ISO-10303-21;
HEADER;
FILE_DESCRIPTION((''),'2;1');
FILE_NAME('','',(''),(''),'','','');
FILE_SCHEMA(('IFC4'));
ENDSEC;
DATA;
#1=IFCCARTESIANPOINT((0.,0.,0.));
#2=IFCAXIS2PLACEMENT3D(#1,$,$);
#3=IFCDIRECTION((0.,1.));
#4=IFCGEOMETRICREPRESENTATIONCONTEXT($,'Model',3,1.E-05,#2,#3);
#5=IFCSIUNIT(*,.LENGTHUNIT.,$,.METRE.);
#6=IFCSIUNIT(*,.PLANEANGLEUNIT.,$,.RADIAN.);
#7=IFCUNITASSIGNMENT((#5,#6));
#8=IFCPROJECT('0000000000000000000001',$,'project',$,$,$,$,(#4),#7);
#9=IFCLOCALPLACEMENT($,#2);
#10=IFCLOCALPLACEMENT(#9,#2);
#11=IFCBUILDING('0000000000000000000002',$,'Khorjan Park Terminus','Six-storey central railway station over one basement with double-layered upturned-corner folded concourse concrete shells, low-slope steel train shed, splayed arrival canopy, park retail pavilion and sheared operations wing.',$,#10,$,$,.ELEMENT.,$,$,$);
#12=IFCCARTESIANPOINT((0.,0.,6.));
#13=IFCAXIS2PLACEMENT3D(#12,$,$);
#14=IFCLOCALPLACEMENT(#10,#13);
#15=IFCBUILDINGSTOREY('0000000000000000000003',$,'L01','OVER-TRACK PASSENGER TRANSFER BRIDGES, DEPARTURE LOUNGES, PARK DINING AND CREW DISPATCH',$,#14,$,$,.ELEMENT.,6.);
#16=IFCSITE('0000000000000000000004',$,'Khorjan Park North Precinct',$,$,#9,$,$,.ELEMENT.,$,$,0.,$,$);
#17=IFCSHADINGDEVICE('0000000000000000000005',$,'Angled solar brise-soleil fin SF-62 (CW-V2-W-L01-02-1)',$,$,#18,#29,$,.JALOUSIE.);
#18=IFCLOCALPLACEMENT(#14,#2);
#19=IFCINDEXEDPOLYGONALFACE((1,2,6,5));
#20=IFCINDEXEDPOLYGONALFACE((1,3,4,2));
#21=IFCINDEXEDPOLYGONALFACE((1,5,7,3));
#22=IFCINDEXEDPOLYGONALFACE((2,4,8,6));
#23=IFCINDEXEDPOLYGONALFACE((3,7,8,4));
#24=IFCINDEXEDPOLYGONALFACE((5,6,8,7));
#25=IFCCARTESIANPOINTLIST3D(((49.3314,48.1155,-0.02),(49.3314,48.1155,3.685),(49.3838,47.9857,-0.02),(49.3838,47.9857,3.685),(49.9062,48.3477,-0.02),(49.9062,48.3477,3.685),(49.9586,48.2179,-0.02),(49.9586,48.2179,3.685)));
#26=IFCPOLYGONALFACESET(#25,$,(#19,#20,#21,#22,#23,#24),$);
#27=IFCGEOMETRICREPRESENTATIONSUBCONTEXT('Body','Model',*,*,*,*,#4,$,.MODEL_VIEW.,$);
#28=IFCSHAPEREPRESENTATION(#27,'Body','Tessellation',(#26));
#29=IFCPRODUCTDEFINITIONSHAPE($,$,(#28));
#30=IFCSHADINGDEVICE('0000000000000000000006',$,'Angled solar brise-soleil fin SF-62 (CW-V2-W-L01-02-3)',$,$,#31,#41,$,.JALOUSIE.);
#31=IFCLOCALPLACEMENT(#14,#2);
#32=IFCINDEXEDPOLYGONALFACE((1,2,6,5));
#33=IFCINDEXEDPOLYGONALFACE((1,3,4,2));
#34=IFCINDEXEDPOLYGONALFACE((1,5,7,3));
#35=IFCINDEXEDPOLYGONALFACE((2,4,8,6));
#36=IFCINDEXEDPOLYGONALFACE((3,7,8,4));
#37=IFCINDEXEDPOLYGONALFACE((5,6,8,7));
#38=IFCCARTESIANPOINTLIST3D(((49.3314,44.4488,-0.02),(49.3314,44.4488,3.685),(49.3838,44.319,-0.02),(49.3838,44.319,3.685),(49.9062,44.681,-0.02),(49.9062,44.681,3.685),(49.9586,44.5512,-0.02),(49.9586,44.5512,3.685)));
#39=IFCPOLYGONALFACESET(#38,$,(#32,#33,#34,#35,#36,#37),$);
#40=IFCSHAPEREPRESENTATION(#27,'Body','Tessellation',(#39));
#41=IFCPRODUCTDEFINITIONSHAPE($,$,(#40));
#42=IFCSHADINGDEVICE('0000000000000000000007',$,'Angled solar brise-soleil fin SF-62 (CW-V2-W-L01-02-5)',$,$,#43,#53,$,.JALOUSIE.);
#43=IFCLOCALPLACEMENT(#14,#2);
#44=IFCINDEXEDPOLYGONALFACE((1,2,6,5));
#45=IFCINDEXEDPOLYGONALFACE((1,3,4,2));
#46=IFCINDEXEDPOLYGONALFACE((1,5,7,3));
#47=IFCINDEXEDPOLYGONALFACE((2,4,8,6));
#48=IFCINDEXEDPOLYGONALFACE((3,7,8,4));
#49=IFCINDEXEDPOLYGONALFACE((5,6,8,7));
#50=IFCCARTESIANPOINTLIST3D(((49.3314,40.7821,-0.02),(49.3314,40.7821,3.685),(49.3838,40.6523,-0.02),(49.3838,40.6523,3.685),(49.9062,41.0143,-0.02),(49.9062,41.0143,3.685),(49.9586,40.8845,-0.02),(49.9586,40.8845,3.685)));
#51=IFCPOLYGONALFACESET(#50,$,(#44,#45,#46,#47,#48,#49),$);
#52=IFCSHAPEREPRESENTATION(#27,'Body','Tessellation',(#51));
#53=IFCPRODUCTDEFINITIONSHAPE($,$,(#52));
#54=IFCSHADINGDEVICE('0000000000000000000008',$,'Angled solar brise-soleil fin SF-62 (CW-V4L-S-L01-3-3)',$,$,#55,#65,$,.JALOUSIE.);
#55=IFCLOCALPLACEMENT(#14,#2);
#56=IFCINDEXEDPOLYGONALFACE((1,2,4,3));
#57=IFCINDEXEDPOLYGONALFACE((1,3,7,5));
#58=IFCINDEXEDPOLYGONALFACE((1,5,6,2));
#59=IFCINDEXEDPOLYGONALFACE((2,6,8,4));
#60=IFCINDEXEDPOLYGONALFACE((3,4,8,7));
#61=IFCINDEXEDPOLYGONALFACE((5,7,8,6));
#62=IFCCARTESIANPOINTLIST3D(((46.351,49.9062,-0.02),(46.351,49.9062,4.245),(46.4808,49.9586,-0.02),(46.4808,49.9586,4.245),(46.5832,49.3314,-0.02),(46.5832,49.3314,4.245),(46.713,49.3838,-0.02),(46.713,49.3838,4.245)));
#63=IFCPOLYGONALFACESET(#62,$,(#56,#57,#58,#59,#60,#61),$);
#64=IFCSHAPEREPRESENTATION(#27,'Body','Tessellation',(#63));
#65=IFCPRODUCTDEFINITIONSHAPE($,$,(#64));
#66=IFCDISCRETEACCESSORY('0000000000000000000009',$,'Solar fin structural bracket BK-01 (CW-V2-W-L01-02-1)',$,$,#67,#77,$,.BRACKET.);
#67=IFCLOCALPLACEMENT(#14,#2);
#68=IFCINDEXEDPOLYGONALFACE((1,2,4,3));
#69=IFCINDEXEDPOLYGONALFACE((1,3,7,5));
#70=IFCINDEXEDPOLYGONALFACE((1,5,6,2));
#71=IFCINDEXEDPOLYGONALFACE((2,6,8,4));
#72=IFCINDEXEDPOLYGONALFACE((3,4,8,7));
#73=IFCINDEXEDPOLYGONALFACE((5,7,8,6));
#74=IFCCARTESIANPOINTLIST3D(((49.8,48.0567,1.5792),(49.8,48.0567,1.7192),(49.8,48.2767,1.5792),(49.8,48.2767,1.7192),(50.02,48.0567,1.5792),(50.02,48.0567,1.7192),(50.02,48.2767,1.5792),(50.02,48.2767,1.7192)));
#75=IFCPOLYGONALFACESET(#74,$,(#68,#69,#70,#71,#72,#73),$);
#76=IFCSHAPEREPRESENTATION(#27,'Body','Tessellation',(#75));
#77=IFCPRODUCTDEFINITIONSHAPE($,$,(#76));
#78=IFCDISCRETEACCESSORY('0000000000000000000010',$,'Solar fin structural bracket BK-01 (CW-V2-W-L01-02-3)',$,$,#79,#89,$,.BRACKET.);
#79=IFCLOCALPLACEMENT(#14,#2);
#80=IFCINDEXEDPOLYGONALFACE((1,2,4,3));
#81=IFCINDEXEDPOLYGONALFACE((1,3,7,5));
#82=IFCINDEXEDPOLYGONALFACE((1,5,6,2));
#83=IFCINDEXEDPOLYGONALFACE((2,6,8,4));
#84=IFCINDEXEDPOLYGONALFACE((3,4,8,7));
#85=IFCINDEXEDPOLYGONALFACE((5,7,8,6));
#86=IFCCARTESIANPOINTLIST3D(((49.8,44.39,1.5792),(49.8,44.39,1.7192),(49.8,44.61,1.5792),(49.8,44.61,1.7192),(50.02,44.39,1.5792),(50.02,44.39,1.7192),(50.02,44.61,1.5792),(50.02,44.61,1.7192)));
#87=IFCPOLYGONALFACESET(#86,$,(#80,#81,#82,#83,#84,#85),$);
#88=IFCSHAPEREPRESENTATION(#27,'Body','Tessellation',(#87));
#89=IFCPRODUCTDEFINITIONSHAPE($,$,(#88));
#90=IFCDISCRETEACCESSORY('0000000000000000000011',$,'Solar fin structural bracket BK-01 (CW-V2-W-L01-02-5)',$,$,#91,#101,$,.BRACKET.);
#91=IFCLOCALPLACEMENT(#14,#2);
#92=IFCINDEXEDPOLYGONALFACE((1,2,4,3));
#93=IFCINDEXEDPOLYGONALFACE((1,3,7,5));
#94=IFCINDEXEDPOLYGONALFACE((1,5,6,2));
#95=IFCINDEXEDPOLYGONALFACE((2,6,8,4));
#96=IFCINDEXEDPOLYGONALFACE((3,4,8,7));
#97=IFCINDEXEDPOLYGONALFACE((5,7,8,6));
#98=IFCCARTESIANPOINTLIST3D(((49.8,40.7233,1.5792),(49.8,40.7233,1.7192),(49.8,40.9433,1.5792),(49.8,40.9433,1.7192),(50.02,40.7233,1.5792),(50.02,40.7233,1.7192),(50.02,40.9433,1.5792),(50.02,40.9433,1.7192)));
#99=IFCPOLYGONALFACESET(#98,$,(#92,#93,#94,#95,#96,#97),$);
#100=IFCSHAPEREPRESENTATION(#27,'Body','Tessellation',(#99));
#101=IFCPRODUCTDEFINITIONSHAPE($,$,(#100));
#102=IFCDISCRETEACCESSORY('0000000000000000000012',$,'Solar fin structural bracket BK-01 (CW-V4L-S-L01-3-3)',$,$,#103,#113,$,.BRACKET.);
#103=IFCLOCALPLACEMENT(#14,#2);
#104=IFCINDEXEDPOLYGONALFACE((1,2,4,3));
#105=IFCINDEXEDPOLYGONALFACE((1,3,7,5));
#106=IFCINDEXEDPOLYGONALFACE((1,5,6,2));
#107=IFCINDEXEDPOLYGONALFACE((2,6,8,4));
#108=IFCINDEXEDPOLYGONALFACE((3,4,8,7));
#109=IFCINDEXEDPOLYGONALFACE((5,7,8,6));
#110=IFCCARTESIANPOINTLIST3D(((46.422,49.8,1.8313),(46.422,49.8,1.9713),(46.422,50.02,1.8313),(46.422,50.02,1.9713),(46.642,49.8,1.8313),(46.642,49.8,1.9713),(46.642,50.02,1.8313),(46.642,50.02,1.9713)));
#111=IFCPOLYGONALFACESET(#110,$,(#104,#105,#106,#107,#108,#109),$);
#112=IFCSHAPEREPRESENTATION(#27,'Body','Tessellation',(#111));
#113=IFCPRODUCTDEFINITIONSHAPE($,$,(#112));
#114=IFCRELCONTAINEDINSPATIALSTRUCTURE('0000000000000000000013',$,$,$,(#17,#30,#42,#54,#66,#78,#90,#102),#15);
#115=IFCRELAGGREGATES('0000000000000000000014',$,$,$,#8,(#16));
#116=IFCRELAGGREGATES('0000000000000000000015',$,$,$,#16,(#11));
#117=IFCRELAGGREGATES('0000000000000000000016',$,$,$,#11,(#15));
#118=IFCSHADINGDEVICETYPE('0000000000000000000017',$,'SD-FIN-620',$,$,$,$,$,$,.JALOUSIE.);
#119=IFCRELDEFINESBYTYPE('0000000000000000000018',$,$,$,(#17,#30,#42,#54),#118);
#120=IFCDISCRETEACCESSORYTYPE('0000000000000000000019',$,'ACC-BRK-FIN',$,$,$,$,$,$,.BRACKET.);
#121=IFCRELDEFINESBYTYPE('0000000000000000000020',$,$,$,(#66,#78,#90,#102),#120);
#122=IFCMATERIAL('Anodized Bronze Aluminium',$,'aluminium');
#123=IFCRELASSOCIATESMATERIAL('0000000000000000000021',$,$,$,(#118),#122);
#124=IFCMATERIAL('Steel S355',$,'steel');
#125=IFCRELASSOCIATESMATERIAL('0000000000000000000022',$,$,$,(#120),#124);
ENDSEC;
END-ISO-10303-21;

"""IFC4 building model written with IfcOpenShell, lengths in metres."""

from ifc_helpers import new_model, si_unit, direction, frame, origin, origin_2d, place, context, subcontext, project, spatial, rectangle, extrude, material, type_object, element, save


model = new_model("IFC4")

# Units and contexts
model_context = context("Model", 3, precision=1e-05, world=origin(), true_north=direction((0.0, 1.0)))
body_context = subcontext(model_context, "Body", "Model", "MODEL_VIEW")
ifc_project = project(units=[si_unit("LENGTHUNIT", "METRE"), si_unit("PLANEANGLEUNIT", "RADIAN")], contexts=[model_context])

# Site, building, storey
site_placement = place(None, origin())
site = spatial("IfcSite", under=ifc_project, at=site_placement, Name="Khorjan Park North Precinct", CompositionType="ELEMENT", RefElevation=0.0)
building_placement = place(site_placement, origin())
building = spatial("IfcBuilding", under=site, at=building_placement, Name="Khorjan Park Terminus", Description="Six-storey central railway station over one basement with double-layered upturned-corner folded concourse concrete shells, low-slope steel train shed, splayed arrival canopy, park retail pavilion and sheared operations wing.", CompositionType="ELEMENT")
storey_placement = place(building_placement, frame((0.0, 0.0, 6.0)))
storey = spatial("IfcBuildingStorey", under=building, at=storey_placement, Name="L01", Description="OVER-TRACK PASSENGER TRANSFER BRIDGES, DEPARTURE LOUNGES, PARK DINING AND CREW DISPATCH", CompositionType="ELEMENT", Elevation=6.0)

# Shared definitions
ifc_material_1 = material(Name="Steel S355", Category="steel")

# Shared definitions
ifc_material_2 = material(Name="Anodized Bronze Aluminium", Category="aluminium")

# Shading devices
shading_device_type = type_object("IfcShadingDeviceType", Name="SD-FIN-620", PredefinedType="JALOUSIE", material=ifc_material_2)
for number, where, z_axis, x_axis, name in (
    (1, (49.645, 48.1667, -0.02), (0.0, 0.0, 1.0), (0.927184, 0.374607, 0.0), "Angled solar brise-soleil fin SF-62 (CW-V2-W-L01-02-1)"),
    (2, (49.645, 44.5, -0.02), (0.0, 0.0, 1.0), (0.927184, 0.374607, 0.0), "Angled solar brise-soleil fin SF-62 (CW-V2-W-L01-02-3)"),
    (3, (49.645, 40.8333, -0.02), (0.0, 0.0, 1.0), (0.927184, 0.374607, 0.0), "Angled solar brise-soleil fin SF-62 (CW-V2-W-L01-02-5)"),
):
    element("IfcShadingDevice", number, at=place(storey_placement, frame(where, z_axis=z_axis, x_axis=x_axis)), inside=storey, type_object=shading_device_type, Name=name, PredefinedType="JALOUSIE", context=body_context, shape_type="SweptSolid", body=[
        extrude(rectangle(XDim=0.62, YDim=0.14, at=origin_2d()), origin(), (0.0, 0.0, 1.0), 3.705),
    ])
shading_device_placement = place(storey_placement, frame((46.532, 49.645, -0.02), z_axis=(0.0, 0.0, 1.0), x_axis=(-0.374607, 0.927184, 0.0)))
element("IfcShadingDevice", 4, at=shading_device_placement, inside=storey, type_object=shading_device_type, Name="Angled solar brise-soleil fin SF-62 (CW-V4L-S-L01-3-3)", PredefinedType="JALOUSIE", context=body_context, shape_type="SweptSolid", body=[
    extrude(rectangle(XDim=0.62, YDim=0.14, at=origin_2d()), origin(), (0.0, 0.0, 1.0), 4.265),
])

# Discrete accessories
discrete_accessory_type = type_object("IfcDiscreteAccessoryType", Name="ACC-BRK-FIN", PredefinedType="BRACKET", material=ifc_material_1)
for number, where, z_axis, x_axis, name in (
    (5, (49.91, 48.1667, 1.5792), (0.0, 0.0, 1.0), (0.0, -1.0, 0.0), "Solar fin structural bracket BK-01 (CW-V2-W-L01-02-1)"),
    (6, (49.91, 44.5, 1.5792), (0.0, 0.0, 1.0), (0.0, -1.0, 0.0), "Solar fin structural bracket BK-01 (CW-V2-W-L01-02-3)"),
    (7, (49.91, 40.8333, 1.5792), (0.0, 0.0, 1.0), (0.0, -1.0, 0.0), "Solar fin structural bracket BK-01 (CW-V2-W-L01-02-5)"),
    (8, (46.532, 49.91, 1.8313), (0.0, 0.0, 1.0), (1.0, 0.0, 0.0), "Solar fin structural bracket BK-01 (CW-V4L-S-L01-3-3)"),
):
    element("IfcDiscreteAccessory", number, at=place(storey_placement, frame(where, z_axis=z_axis, x_axis=x_axis)), inside=storey, type_object=discrete_accessory_type, Name=name, PredefinedType="BRACKET", context=body_context, shape_type="SweptSolid", body=[
        extrude(rectangle(XDim=0.22, YDim=0.22, at=origin_2d()), origin(), (0.0, 0.0, 1.0), 0.14),
    ])

save(model, "model.ifc")
